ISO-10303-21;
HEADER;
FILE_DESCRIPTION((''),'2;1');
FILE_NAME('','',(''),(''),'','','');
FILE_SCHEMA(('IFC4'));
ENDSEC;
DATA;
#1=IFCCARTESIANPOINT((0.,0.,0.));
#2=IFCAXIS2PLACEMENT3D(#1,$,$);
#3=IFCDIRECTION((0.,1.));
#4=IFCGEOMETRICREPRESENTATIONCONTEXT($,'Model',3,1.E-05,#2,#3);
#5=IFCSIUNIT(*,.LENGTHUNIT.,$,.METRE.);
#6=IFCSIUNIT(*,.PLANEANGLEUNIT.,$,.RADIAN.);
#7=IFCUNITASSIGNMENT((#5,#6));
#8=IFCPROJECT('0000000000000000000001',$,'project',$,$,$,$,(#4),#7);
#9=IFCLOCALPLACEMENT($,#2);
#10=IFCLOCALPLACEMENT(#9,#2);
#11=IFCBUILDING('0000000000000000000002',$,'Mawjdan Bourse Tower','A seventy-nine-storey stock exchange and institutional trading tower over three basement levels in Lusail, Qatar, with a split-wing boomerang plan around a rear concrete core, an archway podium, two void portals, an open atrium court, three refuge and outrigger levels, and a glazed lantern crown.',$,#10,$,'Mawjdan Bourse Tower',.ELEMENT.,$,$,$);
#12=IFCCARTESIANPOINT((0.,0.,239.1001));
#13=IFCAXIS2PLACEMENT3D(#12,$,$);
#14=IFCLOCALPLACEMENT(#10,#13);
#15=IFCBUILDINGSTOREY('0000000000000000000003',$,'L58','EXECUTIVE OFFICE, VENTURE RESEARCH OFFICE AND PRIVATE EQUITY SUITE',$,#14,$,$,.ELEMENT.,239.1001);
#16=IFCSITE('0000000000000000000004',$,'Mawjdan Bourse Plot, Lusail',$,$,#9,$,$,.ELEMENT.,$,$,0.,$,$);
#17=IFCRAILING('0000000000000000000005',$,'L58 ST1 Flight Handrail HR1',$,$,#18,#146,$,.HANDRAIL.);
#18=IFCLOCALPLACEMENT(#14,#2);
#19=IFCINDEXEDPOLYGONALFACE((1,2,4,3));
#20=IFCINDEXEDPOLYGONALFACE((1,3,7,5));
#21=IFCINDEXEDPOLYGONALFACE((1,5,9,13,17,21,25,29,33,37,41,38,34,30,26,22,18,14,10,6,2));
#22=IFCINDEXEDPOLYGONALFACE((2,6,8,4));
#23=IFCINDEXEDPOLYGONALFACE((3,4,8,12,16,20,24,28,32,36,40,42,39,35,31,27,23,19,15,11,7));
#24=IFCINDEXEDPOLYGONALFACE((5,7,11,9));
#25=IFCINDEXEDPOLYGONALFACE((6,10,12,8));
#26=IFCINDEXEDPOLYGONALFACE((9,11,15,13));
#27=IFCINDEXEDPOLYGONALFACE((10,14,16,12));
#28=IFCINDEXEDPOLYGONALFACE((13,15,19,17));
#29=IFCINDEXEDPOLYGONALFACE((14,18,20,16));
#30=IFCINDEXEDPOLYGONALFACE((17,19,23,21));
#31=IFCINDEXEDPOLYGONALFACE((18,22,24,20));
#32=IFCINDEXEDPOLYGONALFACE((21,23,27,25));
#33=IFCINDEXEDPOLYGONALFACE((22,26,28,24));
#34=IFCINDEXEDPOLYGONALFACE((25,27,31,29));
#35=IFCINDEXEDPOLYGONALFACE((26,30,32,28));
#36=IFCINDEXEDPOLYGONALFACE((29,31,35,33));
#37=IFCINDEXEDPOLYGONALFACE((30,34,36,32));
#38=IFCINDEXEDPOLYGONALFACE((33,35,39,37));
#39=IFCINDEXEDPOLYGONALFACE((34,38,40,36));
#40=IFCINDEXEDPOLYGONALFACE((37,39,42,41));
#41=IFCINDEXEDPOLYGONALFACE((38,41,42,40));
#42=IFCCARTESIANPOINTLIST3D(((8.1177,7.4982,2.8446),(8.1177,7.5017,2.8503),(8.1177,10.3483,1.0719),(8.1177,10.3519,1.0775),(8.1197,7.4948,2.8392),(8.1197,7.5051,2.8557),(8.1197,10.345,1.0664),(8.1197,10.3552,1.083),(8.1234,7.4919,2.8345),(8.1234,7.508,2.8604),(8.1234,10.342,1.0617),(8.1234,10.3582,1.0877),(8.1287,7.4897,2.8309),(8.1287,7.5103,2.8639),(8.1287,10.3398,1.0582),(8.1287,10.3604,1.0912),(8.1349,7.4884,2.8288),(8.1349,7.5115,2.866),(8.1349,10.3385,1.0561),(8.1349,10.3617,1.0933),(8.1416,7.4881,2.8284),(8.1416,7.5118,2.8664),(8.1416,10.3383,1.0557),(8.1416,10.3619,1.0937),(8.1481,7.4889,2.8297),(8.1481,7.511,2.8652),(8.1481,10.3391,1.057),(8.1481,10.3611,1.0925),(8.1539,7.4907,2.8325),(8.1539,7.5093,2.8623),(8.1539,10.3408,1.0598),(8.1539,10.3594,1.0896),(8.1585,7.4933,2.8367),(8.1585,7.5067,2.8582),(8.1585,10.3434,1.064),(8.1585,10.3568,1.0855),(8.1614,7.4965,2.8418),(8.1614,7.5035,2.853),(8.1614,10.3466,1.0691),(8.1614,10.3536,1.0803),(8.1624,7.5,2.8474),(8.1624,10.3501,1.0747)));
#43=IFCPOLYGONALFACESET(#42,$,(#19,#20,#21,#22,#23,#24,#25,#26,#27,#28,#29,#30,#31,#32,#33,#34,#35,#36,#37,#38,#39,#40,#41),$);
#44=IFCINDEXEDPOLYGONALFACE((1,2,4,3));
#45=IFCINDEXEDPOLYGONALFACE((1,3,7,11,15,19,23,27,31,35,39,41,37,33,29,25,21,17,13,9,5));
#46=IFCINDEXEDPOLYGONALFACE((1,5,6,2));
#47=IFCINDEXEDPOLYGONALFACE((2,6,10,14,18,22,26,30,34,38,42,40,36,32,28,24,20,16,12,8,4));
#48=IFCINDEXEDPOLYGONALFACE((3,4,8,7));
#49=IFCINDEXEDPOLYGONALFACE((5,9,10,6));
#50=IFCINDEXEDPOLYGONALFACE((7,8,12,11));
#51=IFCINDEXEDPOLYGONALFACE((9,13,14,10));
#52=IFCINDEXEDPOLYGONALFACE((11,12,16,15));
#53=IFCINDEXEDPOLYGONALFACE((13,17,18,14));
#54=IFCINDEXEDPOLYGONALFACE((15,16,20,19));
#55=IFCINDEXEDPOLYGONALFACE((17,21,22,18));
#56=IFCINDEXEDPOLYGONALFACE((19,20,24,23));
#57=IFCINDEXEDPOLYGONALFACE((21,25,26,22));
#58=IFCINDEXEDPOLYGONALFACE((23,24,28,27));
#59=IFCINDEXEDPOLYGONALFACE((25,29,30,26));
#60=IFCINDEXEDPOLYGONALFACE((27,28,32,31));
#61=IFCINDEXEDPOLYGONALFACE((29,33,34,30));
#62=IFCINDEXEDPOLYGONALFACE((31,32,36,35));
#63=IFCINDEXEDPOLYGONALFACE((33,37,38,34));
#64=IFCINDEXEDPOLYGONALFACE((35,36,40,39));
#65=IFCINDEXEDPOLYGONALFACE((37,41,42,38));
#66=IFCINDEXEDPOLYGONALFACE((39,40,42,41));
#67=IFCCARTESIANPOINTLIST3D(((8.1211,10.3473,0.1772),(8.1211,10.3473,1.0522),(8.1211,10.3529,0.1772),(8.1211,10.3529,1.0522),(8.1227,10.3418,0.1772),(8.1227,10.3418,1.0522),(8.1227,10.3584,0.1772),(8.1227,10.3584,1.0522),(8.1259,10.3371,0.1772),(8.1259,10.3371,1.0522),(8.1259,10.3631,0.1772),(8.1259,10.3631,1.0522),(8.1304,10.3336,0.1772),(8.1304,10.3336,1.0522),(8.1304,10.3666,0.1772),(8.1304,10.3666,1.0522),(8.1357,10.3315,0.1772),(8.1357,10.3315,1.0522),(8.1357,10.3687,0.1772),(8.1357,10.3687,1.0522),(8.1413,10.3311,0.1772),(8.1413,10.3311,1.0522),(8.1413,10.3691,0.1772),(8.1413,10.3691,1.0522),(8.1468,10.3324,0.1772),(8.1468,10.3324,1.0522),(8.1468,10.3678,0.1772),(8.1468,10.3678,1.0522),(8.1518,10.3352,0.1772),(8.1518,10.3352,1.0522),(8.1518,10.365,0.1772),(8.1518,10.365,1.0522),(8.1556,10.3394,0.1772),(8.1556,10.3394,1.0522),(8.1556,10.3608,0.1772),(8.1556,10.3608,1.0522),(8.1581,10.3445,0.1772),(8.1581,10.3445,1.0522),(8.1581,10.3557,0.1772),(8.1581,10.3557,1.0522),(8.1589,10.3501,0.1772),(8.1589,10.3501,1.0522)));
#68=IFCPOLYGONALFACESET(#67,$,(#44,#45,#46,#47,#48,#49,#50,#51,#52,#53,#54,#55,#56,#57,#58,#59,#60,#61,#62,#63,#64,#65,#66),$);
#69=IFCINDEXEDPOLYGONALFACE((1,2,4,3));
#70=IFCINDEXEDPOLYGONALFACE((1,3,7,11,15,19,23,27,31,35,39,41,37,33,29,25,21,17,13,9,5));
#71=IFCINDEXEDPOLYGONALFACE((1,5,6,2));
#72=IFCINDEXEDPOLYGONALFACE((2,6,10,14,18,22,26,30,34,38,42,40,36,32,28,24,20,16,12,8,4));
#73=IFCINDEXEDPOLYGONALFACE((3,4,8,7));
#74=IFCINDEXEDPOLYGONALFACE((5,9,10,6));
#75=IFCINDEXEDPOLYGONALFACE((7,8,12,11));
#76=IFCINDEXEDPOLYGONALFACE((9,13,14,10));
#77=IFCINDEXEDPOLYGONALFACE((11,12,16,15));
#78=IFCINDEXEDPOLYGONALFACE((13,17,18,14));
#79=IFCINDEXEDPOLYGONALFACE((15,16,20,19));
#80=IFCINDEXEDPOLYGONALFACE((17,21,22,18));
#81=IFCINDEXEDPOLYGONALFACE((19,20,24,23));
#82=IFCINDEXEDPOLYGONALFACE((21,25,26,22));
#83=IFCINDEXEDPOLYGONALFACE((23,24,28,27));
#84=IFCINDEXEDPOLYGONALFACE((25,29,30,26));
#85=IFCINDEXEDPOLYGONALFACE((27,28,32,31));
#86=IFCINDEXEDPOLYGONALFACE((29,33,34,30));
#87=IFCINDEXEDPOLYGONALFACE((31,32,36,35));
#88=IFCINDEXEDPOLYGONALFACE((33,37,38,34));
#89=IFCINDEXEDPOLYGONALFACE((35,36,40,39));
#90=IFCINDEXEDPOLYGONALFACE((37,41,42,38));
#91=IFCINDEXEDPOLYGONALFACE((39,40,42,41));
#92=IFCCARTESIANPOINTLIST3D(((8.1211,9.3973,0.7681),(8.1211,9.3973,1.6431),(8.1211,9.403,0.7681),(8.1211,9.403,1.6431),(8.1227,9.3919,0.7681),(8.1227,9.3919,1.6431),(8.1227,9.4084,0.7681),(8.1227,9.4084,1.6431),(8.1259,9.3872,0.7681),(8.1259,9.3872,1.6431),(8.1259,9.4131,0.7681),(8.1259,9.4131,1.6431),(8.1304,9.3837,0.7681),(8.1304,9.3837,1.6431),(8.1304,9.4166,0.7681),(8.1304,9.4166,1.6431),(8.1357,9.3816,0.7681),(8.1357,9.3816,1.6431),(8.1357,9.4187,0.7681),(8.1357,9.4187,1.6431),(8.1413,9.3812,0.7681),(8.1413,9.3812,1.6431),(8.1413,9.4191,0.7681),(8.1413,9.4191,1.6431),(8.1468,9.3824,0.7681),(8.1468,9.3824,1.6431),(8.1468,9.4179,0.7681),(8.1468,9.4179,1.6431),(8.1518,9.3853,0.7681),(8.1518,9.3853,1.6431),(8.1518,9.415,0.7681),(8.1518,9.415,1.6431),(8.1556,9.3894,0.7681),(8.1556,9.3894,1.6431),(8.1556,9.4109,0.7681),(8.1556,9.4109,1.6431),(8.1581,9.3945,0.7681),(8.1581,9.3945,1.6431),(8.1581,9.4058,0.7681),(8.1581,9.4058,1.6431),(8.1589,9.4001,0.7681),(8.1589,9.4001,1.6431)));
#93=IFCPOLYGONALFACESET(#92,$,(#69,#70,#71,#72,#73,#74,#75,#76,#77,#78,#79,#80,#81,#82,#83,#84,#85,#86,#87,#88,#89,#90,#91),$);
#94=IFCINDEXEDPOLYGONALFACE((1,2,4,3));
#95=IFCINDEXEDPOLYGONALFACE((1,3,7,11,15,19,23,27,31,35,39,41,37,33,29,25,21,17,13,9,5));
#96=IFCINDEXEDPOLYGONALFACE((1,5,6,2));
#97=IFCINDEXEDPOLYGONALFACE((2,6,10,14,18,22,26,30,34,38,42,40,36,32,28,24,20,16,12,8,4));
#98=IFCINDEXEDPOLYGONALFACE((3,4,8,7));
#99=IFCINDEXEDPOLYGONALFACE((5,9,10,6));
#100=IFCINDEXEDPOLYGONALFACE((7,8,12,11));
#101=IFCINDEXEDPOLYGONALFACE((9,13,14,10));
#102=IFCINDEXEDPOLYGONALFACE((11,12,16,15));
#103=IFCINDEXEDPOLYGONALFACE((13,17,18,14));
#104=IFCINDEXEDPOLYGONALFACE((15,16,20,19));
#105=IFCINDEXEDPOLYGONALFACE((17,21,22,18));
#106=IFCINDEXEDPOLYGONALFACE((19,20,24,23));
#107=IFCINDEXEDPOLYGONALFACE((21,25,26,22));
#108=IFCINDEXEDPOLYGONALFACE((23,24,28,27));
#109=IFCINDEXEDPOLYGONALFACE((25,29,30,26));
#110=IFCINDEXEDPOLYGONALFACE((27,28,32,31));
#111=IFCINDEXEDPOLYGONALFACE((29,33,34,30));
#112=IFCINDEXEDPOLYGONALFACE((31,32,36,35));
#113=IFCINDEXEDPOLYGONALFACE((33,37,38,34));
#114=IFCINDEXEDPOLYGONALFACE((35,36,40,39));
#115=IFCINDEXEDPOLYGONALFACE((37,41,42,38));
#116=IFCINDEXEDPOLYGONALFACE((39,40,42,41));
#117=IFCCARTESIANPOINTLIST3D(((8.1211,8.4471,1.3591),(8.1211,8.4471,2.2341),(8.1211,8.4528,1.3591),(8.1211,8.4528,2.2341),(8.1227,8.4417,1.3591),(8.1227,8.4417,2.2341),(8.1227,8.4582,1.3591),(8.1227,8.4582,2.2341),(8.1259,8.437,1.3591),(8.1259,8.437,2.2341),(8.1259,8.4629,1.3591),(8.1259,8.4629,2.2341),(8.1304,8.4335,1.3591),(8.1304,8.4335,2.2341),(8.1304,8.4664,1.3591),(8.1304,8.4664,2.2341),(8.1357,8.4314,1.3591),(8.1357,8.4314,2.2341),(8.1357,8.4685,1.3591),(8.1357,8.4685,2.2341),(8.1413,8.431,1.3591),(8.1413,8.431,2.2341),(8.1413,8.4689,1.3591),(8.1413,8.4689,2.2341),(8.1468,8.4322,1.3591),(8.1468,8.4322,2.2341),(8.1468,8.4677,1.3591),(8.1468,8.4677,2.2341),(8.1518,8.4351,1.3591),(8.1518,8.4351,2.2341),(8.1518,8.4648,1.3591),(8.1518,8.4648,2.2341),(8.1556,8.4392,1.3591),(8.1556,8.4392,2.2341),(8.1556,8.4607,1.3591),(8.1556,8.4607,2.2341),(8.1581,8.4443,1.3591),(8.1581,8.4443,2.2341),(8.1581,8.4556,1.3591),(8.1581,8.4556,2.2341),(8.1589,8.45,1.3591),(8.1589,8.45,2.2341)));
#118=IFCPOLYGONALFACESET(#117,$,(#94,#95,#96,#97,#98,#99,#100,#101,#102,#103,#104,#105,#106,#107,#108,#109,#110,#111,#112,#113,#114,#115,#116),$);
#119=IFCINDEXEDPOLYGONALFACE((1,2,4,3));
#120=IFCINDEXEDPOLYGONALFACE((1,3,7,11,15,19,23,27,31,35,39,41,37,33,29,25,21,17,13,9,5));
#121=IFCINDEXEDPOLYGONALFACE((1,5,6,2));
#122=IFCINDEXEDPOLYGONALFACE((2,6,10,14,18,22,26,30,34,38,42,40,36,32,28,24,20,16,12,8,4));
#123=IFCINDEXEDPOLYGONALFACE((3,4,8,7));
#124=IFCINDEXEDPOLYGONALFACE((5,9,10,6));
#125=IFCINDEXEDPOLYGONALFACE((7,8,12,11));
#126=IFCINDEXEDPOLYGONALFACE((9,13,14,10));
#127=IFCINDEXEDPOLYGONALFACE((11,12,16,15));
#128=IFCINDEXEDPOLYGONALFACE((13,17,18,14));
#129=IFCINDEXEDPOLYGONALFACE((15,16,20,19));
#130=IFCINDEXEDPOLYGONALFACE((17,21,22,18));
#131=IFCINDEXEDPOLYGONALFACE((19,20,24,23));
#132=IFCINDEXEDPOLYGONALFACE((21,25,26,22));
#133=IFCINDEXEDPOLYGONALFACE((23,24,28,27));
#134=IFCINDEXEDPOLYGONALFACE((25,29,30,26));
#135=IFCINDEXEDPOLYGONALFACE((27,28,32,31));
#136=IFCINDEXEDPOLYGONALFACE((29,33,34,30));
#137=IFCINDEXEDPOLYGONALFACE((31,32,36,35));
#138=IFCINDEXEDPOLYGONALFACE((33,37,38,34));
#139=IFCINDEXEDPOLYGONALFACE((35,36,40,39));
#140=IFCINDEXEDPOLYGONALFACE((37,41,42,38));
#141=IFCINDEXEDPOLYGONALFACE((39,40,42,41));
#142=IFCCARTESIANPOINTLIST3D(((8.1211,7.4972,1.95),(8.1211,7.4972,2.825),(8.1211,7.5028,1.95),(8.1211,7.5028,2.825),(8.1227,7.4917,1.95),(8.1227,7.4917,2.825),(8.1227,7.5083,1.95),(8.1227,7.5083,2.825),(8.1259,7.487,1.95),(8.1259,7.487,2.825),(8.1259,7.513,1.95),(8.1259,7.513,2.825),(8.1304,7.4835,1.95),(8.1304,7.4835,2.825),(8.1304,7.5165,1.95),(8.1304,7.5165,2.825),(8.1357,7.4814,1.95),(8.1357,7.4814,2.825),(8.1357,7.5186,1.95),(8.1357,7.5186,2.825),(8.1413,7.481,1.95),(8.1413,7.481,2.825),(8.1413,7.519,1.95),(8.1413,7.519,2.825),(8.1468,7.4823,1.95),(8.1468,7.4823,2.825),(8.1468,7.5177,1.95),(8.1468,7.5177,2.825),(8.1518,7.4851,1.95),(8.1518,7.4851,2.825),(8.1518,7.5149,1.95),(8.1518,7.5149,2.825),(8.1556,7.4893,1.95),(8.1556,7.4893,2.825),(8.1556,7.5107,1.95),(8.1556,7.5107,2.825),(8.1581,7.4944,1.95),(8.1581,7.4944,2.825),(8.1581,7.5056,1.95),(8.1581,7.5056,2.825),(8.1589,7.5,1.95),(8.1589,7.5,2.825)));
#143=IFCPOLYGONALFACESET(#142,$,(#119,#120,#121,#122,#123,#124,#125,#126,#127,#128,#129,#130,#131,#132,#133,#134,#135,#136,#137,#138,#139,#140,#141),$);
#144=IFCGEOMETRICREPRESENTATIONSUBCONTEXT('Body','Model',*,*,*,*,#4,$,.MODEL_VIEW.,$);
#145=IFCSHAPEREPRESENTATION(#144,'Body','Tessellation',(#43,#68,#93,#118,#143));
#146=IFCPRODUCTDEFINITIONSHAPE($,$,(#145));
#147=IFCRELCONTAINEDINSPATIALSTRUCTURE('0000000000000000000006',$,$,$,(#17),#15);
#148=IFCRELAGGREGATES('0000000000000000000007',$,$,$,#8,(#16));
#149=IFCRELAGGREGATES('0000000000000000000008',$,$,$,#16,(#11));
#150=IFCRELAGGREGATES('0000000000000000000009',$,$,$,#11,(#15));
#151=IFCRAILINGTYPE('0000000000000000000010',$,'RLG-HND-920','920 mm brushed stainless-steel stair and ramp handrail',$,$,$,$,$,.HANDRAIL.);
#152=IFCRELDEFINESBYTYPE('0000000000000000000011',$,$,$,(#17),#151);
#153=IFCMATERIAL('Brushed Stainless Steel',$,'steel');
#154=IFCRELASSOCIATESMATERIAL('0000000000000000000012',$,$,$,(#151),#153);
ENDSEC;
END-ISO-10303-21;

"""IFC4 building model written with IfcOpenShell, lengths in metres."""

from ifc_helpers import new_model, si_unit, direction, frame, origin, origin_2d, place, context, subcontext, project, spatial, circle, extrude, material, type_object, element, save


model = new_model("IFC4")

# Units and contexts
model_context = context("Model", 3, precision=1e-05, world=origin(), true_north=direction((0.0, 1.0)))
body_context = subcontext(model_context, "Body", "Model", "MODEL_VIEW")
ifc_project = project(units=[si_unit("LENGTHUNIT", "METRE"), si_unit("PLANEANGLEUNIT", "RADIAN")], contexts=[model_context])

# Site, building, storey
site_placement = place(None, origin())
site = spatial("IfcSite", under=ifc_project, at=site_placement, Name="Mawjdan Bourse Plot, Lusail", CompositionType="ELEMENT", RefElevation=0.0)
building_placement = place(site_placement, origin())
building = spatial("IfcBuilding", under=site, at=building_placement, Name="Mawjdan Bourse Tower", Description="A seventy-nine-storey stock exchange and institutional trading tower over three basement levels in Lusail, Qatar, with a split-wing boomerang plan around a rear concrete core, an archway podium, two void portals, an open atrium court, three refuge and outrigger levels, and a glazed lantern crown.", LongName="Mawjdan Bourse Tower", CompositionType="ELEMENT")
storey_placement = place(building_placement, frame((0.0, 0.0, 239.1001)))
storey = spatial("IfcBuildingStorey", under=building, at=storey_placement, Name="L58", Description="EXECUTIVE OFFICE, VENTURE RESEARCH OFFICE AND PRIVATE EQUITY SUITE", CompositionType="ELEMENT", Elevation=239.1001)

# Shared definitions
ifc_material_1 = material(Name="Brushed Stainless Steel", Category="steel")

# Railing
railing_type_1 = type_object("IfcRailingType", Name="RLG-HND-920", Description="920 mm brushed stainless-steel stair and ramp handrail", PredefinedType="HANDRAIL", material=ifc_material_1)
railing_1_placement = place(storey_placement, frame((8.1399, 10.3501, 0.1772)))
element("IfcRailing", 1, at=railing_1_placement, inside=storey, type_object=railing_type_1, Name="L58 ST1 Flight Handrail HR1", PredefinedType="HANDRAIL", context=body_context, shape_type="SweptSolid", body=[
    extrude(circle(Radius=0.0225, at=origin_2d()), frame((0.0, 0.0, 0.8975), z_axis=(0.0, -0.849149, 0.528154), x_axis=(1.0, 0.0, 0.0)), (0.0, 0.0, 1.0), 3.3564),
    extrude(circle(Radius=0.019, at=origin_2d()), origin(), (0.0, 0.0, 1.0), 0.875),
    extrude(circle(Radius=0.019, at=origin_2d()), frame((0.0, -0.95, 0.5908)), (0.0, 0.0, 1.0), 0.875),
    extrude(circle(Radius=0.019, at=origin_2d()), frame((0.0, -1.9001, 1.1819)), (0.0, 0.0, 1.0), 0.875),
    extrude(circle(Radius=0.019, at=origin_2d()), frame((0.0, -2.8501, 1.7727)), (0.0, 0.0, 1.0), 0.875),
])

save(model, "model.ifc")
